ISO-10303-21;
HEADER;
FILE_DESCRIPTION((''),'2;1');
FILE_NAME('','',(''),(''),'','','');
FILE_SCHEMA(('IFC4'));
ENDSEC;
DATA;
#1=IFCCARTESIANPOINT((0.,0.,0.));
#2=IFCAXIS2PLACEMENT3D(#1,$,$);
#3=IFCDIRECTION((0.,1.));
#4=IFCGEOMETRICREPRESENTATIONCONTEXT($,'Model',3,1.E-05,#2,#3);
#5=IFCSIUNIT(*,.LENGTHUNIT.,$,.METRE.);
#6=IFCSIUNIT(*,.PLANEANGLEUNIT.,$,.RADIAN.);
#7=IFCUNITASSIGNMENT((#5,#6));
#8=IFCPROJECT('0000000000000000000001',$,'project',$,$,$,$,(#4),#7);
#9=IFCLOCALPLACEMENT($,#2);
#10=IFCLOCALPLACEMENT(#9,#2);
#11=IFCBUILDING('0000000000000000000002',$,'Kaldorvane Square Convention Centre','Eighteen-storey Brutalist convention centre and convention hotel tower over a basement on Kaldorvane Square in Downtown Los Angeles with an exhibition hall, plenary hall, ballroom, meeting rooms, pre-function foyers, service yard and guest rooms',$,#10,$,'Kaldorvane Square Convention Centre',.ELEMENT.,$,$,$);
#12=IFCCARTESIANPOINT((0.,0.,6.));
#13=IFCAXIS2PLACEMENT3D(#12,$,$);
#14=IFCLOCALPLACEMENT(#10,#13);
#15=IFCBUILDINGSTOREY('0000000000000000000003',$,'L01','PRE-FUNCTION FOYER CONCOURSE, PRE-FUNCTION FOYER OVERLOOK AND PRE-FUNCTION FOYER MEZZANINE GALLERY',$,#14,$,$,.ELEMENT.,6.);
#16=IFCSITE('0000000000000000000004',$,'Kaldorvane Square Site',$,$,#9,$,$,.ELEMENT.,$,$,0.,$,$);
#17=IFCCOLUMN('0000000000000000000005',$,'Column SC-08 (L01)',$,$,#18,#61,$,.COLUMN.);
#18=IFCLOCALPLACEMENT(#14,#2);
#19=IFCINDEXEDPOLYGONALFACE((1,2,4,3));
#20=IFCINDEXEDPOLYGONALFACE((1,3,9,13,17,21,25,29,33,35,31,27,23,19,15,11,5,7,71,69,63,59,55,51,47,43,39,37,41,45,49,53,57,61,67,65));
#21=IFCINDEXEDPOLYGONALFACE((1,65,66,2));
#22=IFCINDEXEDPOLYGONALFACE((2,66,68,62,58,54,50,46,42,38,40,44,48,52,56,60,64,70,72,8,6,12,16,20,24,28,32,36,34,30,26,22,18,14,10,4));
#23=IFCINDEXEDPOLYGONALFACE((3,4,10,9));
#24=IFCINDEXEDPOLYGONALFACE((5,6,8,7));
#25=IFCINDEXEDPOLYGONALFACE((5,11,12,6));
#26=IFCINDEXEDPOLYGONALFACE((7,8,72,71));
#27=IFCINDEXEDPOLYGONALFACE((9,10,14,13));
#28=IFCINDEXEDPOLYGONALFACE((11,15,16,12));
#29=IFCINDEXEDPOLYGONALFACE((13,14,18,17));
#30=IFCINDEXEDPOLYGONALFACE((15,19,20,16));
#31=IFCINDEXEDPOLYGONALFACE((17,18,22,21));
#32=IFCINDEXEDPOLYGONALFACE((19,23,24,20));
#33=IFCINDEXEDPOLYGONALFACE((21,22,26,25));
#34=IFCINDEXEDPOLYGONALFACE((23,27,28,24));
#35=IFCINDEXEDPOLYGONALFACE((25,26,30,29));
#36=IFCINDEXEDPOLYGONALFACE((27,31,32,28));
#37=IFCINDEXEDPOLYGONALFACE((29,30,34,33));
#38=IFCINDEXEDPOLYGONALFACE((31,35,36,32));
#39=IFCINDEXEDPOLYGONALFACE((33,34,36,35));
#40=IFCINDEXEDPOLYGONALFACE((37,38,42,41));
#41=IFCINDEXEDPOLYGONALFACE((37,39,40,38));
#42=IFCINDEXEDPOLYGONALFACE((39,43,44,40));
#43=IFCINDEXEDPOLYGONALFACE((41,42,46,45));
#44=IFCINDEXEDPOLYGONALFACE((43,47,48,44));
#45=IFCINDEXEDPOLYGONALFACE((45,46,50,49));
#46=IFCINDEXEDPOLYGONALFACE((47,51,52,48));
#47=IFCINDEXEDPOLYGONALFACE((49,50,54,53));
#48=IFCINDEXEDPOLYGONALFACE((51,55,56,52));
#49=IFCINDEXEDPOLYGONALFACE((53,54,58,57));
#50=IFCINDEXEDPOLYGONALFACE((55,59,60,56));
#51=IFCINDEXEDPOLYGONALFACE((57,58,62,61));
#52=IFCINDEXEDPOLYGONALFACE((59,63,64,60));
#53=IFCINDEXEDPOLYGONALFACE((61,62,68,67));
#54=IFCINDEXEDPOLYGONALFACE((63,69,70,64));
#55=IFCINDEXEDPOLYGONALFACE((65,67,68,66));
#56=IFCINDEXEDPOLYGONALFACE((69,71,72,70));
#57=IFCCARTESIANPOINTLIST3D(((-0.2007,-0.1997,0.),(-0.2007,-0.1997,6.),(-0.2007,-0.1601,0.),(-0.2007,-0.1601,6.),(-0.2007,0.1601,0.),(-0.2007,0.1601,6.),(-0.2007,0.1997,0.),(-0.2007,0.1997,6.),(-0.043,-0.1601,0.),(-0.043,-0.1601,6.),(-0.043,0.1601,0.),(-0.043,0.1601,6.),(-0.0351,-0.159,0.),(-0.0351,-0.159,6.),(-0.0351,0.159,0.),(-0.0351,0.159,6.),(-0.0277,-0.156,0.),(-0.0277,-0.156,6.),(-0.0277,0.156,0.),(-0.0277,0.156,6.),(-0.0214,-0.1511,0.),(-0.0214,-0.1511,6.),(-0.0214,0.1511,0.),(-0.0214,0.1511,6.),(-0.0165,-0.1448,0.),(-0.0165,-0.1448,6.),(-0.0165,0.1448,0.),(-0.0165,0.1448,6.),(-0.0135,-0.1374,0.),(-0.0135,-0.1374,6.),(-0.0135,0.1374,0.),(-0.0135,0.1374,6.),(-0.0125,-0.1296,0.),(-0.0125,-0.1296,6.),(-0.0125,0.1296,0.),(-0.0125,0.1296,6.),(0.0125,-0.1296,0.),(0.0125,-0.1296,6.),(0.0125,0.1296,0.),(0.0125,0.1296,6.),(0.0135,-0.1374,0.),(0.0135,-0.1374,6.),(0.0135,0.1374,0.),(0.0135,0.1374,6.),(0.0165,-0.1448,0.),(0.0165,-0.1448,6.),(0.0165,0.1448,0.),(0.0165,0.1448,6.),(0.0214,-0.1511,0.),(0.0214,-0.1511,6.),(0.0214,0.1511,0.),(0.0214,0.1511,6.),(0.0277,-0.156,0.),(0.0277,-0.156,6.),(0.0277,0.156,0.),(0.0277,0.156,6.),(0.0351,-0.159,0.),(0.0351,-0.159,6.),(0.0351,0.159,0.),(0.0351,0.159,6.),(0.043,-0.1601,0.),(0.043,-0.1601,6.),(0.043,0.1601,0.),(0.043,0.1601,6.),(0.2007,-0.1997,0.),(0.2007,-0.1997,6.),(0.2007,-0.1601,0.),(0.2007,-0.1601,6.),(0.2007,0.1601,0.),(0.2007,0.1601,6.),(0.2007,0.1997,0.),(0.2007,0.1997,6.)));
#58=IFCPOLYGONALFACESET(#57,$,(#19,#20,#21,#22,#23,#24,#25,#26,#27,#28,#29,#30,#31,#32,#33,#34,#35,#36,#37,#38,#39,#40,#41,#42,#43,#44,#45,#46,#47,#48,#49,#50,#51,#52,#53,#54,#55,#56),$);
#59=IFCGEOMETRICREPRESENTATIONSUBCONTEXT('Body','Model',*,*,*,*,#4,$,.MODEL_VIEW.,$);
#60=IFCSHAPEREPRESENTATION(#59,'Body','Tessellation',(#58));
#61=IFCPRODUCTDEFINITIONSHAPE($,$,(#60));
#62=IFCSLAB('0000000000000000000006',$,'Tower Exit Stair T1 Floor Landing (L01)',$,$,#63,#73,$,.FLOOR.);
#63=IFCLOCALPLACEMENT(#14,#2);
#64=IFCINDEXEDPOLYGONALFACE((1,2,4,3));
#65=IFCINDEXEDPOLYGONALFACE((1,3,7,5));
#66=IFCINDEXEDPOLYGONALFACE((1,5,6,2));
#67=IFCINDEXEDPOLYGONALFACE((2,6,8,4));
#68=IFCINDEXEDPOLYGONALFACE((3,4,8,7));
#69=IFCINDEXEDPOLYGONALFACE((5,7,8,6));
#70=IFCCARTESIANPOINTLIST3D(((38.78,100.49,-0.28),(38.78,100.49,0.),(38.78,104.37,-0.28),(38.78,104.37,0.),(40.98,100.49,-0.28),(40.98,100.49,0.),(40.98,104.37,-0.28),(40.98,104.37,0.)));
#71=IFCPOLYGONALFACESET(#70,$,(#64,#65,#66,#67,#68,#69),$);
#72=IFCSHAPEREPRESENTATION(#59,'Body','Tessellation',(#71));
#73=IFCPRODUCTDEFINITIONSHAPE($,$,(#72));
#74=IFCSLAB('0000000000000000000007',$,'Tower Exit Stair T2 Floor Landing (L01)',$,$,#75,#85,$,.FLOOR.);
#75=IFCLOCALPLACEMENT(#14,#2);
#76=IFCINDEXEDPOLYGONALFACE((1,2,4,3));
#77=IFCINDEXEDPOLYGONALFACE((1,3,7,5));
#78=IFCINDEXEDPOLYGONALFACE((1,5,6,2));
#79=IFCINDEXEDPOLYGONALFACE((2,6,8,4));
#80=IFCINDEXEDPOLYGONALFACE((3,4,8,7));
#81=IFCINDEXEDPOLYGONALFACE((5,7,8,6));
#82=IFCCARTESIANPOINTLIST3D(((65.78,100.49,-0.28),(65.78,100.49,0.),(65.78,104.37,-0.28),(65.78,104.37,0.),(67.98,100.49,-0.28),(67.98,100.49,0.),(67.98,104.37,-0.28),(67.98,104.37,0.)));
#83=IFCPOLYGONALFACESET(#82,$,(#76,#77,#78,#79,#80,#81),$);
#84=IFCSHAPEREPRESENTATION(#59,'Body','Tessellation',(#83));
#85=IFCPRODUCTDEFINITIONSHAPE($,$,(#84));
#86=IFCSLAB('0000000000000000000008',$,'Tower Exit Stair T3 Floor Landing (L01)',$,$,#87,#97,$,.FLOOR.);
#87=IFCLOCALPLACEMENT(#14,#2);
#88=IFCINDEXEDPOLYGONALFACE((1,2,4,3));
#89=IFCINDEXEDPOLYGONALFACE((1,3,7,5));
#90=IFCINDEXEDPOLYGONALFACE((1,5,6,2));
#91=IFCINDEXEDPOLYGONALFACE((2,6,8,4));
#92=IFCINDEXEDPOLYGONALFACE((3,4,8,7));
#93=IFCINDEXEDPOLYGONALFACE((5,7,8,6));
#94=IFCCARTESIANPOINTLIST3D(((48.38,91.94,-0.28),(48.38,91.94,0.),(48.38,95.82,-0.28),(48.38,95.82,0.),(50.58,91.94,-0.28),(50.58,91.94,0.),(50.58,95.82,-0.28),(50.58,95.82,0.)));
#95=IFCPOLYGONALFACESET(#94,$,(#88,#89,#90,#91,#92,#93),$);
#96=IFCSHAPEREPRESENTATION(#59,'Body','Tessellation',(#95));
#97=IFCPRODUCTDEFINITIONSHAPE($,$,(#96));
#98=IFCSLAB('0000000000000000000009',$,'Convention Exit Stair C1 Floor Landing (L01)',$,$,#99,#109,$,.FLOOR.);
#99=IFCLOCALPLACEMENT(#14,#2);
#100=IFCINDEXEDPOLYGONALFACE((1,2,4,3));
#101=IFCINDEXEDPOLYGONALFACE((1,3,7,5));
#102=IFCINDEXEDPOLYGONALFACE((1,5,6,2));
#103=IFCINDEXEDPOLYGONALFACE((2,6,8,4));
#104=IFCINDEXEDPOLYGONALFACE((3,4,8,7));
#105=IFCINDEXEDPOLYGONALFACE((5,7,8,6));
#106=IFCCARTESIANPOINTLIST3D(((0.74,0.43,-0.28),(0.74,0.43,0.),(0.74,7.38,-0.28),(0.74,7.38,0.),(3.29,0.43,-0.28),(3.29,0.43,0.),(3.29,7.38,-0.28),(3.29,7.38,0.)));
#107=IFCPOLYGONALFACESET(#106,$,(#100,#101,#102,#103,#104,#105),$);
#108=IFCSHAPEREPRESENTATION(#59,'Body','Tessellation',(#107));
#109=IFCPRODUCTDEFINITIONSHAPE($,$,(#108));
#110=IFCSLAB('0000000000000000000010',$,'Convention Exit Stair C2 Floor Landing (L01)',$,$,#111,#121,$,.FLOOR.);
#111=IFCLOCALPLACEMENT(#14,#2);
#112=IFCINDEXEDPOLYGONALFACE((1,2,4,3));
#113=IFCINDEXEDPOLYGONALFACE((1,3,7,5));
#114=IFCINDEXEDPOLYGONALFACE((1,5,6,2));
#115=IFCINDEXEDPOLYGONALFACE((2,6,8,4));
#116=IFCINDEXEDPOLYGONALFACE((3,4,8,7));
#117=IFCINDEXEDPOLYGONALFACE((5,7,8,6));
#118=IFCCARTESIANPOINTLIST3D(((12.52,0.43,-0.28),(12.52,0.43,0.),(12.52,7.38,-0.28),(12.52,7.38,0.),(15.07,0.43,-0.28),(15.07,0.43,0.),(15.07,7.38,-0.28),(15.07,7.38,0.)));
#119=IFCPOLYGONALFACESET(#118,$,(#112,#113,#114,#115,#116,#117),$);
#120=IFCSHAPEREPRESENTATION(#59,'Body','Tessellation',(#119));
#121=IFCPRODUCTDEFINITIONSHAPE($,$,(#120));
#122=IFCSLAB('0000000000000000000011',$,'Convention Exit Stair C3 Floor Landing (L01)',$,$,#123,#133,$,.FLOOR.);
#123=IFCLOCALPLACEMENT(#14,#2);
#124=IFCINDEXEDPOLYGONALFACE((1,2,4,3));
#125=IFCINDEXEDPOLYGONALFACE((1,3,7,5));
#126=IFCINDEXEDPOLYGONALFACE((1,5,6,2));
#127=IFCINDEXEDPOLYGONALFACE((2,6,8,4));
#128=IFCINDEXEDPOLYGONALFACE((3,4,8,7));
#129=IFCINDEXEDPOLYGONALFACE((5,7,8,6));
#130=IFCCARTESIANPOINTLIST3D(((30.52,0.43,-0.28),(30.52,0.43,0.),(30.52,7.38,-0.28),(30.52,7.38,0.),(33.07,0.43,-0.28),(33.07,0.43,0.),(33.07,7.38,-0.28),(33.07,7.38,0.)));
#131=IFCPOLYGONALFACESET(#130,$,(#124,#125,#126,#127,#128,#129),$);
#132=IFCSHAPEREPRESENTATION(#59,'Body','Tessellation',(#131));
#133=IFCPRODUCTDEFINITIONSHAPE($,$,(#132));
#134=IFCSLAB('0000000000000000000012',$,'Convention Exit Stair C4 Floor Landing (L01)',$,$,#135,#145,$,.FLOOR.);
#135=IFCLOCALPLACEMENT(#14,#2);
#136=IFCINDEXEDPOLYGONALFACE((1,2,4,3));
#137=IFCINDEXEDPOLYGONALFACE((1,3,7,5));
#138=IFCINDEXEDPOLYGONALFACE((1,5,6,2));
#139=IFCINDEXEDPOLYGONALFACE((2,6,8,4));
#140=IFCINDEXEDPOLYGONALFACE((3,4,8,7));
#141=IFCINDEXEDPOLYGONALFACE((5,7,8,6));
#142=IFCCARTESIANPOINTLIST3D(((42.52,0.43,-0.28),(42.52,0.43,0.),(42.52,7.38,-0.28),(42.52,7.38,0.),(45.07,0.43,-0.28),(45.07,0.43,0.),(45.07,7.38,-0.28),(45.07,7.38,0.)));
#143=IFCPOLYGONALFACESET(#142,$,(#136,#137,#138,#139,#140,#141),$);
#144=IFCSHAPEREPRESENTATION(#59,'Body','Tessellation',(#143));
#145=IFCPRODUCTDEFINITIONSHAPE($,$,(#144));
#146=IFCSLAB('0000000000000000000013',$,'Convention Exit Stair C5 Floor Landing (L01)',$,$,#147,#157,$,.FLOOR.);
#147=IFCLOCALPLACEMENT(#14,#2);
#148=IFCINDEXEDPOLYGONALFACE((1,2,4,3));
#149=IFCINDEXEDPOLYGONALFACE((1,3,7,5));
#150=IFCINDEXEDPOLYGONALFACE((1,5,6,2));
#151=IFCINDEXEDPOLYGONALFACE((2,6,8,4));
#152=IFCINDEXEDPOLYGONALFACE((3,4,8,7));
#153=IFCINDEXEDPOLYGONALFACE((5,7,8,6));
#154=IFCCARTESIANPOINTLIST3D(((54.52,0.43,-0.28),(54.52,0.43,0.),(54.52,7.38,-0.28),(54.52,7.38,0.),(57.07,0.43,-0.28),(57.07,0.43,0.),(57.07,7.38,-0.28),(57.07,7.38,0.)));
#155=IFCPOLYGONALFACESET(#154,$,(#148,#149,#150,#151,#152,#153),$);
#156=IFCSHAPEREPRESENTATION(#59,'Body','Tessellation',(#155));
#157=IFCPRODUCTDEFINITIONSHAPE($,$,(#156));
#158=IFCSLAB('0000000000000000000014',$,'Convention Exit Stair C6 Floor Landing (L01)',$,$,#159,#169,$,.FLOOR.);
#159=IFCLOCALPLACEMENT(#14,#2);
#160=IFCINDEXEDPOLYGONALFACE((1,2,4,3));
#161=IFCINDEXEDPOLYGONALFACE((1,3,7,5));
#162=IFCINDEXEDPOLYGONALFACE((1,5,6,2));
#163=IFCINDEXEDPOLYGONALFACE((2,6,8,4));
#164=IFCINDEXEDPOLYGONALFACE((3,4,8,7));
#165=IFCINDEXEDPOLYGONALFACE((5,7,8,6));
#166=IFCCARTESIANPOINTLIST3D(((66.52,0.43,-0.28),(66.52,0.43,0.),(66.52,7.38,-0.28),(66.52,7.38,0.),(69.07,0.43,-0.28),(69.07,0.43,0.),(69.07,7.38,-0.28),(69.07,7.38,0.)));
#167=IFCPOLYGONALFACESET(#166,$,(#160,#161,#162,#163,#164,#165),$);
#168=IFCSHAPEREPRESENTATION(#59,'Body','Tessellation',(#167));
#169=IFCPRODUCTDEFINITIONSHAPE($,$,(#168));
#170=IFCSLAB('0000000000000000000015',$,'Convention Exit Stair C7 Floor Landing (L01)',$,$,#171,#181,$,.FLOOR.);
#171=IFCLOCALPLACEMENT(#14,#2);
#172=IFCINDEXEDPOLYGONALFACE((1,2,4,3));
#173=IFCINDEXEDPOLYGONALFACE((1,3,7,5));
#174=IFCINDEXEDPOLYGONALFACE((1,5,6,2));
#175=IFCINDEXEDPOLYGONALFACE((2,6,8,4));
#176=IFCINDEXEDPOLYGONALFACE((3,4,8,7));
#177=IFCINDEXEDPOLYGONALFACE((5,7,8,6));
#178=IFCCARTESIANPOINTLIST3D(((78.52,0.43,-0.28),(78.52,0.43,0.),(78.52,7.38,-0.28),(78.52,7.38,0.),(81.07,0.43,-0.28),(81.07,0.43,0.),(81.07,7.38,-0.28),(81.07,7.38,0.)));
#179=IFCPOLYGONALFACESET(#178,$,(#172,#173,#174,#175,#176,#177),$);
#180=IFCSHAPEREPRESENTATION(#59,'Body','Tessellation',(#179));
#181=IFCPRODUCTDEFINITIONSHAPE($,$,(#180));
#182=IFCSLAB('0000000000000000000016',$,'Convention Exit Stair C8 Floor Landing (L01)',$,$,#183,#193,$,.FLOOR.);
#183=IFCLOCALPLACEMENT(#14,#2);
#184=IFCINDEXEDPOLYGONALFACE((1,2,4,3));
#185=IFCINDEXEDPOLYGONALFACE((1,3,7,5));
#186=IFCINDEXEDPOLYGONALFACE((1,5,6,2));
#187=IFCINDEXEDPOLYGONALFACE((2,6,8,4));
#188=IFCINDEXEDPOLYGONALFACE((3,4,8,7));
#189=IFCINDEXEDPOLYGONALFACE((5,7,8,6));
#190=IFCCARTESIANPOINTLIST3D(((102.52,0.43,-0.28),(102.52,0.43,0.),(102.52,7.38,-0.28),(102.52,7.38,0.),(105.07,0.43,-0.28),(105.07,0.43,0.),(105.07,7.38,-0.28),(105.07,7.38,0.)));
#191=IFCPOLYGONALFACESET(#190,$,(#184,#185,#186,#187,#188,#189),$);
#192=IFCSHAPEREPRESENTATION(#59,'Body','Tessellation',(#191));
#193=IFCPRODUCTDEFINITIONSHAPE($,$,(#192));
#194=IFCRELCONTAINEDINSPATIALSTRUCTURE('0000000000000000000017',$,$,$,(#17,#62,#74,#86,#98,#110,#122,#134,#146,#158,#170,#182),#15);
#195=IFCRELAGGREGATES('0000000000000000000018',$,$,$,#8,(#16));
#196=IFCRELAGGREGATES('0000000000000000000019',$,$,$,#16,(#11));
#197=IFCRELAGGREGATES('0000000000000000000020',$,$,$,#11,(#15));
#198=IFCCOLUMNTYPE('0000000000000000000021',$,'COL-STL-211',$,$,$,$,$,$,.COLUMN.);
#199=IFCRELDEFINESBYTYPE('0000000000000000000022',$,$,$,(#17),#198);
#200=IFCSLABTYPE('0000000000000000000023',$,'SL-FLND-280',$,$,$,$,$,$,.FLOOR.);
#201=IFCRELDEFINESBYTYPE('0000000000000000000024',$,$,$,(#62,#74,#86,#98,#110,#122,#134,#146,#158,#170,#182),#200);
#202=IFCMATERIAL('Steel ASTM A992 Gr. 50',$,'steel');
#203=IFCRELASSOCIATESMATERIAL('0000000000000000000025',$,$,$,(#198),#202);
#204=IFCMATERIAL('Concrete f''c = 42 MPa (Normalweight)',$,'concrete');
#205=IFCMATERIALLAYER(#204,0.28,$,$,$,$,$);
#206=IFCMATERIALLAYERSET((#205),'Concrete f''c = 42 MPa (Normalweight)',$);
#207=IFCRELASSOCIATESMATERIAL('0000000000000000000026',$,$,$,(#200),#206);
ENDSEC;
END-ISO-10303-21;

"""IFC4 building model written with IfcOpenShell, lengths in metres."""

from ifc_helpers import new_model, si_unit, direction, frame, origin, origin_with_axes, origin_2d, place, context, subcontext, project, spatial, polyline, i_section, outline, extrude, material, layer, layer_set, material_profile, profile_set, type_object, element, save


model = new_model("IFC4")

# Units and contexts
model_context = context("Model", 3, precision=1e-05, world=origin(), true_north=direction((0.0, 1.0)))
body_context = subcontext(model_context, "Body", "Model", "MODEL_VIEW")
ifc_project = project(units=[si_unit("LENGTHUNIT", "METRE"), si_unit("PLANEANGLEUNIT", "RADIAN")], contexts=[model_context])

# Site, building, storey
site_placement = place(None, origin())
site = spatial("IfcSite", under=ifc_project, at=site_placement, Name="Kaldorvane Square Site", CompositionType="ELEMENT", RefElevation=0.0)
building_placement = place(site_placement, origin())
building = spatial("IfcBuilding", under=site, at=building_placement, Name="Kaldorvane Square Convention Centre", Description="Eighteen-storey Brutalist convention centre and convention hotel tower over a basement on Kaldorvane Square in Downtown Los Angeles with an exhibition hall, plenary hall, ballroom, meeting rooms, pre-function foyers, service yard and guest rooms", LongName="Kaldorvane Square Convention Centre", CompositionType="ELEMENT")
storey_placement = place(building_placement, frame((0.0, 0.0, 6.0)))
storey = spatial("IfcBuildingStorey", under=building, at=storey_placement, Name="L01", Description="PRE-FUNCTION FOYER CONCOURSE, PRE-FUNCTION FOYER OVERLOOK AND PRE-FUNCTION FOYER MEZZANINE GALLERY", CompositionType="ELEMENT", Elevation=6.0)

# Column
ifc_material_1 = material(Name="Steel ASTM A992 Gr. 50", Category="steel")
ifc_material_profile = material_profile(ifc_material_1, i_section(OverallWidth=0.4013, OverallDepth=0.3993, WebThickness=0.0249, FlangeThickness=0.0396, FilletRadius=0.0305, at=origin_2d()), Name="W14X211")
ifc_profile_set = profile_set([ifc_material_profile], Name="Steel ASTM A992 Gr. 50")
column_type = type_object("IfcColumnType", Name="COL-STL-211", PredefinedType="COLUMN", material=ifc_profile_set)
column_placement = place(storey_placement, origin_with_axes())
element("IfcColumn", 1, at=column_placement, inside=storey, type_object=column_type, Name="Column SC-08 (L01)", PredefinedType="COLUMN", context=body_context, shape_type="SweptSolid", body=[
    extrude(i_section(OverallWidth=0.4013, OverallDepth=0.3993, WebThickness=0.0249, FlangeThickness=0.0396, FilletRadius=0.0305, at=origin_2d()), origin(), (0.0, 0.0, 1.0), 6.0),
])

# Slabs
ifc_material_2 = material(Name="Concrete f'c = 42 MPa (Normalweight)", Category="concrete")
ifc_layer_1 = layer(ifc_material_2, 0.28)
ifc_layer_set_1 = layer_set([ifc_layer_1], Name="Concrete f'c = 42 MPa (Normalweight)")
slab_type_1 = type_object("IfcSlabType", Name="SL-FLND-280", PredefinedType="FLOOR", material=ifc_layer_set_1)
slab_1_placement = place(storey_placement, frame((0.0, 0.0, -0.28)))
element("IfcSlab", 2, at=slab_1_placement, inside=storey, type_object=slab_type_1, Name="Tower Exit Stair T1 Floor Landing (L01)", PredefinedType="FLOOR", context=body_context, shape_type="SweptSolid", body=[
    extrude(outline(polyline([(38.78, 100.49), (40.98, 100.49), (40.98, 104.37), (38.78, 104.37), (38.78, 100.49)])), origin(), (0.0, 0.0, 1.0), 0.28),
])
slab_2_placement = place(storey_placement, frame((0.0, 0.0, -0.28)))
element("IfcSlab", 3, at=slab_2_placement, inside=storey, type_object=slab_type_1, Name="Tower Exit Stair T2 Floor Landing (L01)", PredefinedType="FLOOR", context=body_context, shape_type="SweptSolid", body=[
    extrude(outline(polyline([(65.78, 100.49), (67.98, 100.49), (67.98, 104.37), (65.78, 104.37), (65.78, 100.49)])), origin(), (0.0, 0.0, 1.0), 0.28),
])
slab_3_placement = place(storey_placement, frame((0.0, 0.0, -0.28)))
element("IfcSlab", 4, at=slab_3_placement, inside=storey, type_object=slab_type_1, Name="Tower Exit Stair T3 Floor Landing (L01)", PredefinedType="FLOOR", context=body_context, shape_type="SweptSolid", body=[
    extrude(outline(polyline([(48.38, 91.94), (50.58, 91.94), (50.58, 95.82), (48.38, 95.82), (48.38, 91.94)])), origin(), (0.0, 0.0, 1.0), 0.28),
])
slab_4_placement = place(storey_placement, frame((0.0, 0.0, -0.28)))
element("IfcSlab", 5, at=slab_4_placement, inside=storey, type_object=slab_type_1, Name="Convention Exit Stair C1 Floor Landing (L01)", PredefinedType="FLOOR", context=body_context, shape_type="SweptSolid", body=[
    extrude(outline(polyline([(0.74, 0.43), (3.29, 0.43), (3.29, 7.38), (0.74, 7.38), (0.74, 0.43)])), origin(), (0.0, 0.0, 1.0), 0.28),
])
slab_5_placement = place(storey_placement, frame((0.0, 0.0, -0.28)))
element("IfcSlab", 6, at=slab_5_placement, inside=storey, type_object=slab_type_1, Name="Convention Exit Stair C2 Floor Landing (L01)", PredefinedType="FLOOR", context=body_context, shape_type="SweptSolid", body=[
    extrude(outline(polyline([(12.52, 0.43), (15.07, 0.43), (15.07, 7.38), (12.52, 7.38), (12.52, 0.43)])), origin(), (0.0, 0.0, 1.0), 0.28),
])
slab_6_placement = place(storey_placement, frame((0.0, 0.0, -0.28)))
element("IfcSlab", 7, at=slab_6_placement, inside=storey, type_object=slab_type_1, Name="Convention Exit Stair C3 Floor Landing (L01)", PredefinedType="FLOOR", context=body_context, shape_type="SweptSolid", body=[
    extrude(outline(polyline([(30.52, 0.43), (33.07, 0.43), (33.07, 7.38), (30.52, 7.38), (30.52, 0.43)])), origin(), (0.0, 0.0, 1.0), 0.28),
])
slab_7_placement = place(storey_placement, frame((0.0, 0.0, -0.28)))
element("IfcSlab", 8, at=slab_7_placement, inside=storey, type_object=slab_type_1, Name="Convention Exit Stair C4 Floor Landing (L01)", PredefinedType="FLOOR", context=body_context, shape_type="SweptSolid", body=[
    extrude(outline(polyline([(42.52, 0.43), (45.07, 0.43), (45.07, 7.38), (42.52, 7.38), (42.52, 0.43)])), origin(), (0.0, 0.0, 1.0), 0.28),
])
slab_8_placement = place(storey_placement, frame((0.0, 0.0, -0.28)))
element("IfcSlab", 9, at=slab_8_placement, inside=storey, type_object=slab_type_1, Name="Convention Exit Stair C5 Floor Landing (L01)", PredefinedType="FLOOR", context=body_context, shape_type="SweptSolid", body=[
    extrude(outline(polyline([(54.52, 0.43), (57.07, 0.43), (57.07, 7.38), (54.52, 7.38), (54.52, 0.43)])), origin(), (0.0, 0.0, 1.0), 0.28),
])
slab_9_placement = place(storey_placement, frame((0.0, 0.0, -0.28)))
element("IfcSlab", 10, at=slab_9_placement, inside=storey, type_object=slab_type_1, Name="Convention Exit Stair C6 Floor Landing (L01)", PredefinedType="FLOOR", context=body_context, shape_type="SweptSolid", body=[
    extrude(outline(polyline([(66.52, 0.43), (69.07, 0.43), (69.07, 7.38), (66.52, 7.38), (66.52, 0.43)])), origin(), (0.0, 0.0, 1.0), 0.28),
])
slab_10_placement = place(storey_placement, frame((0.0, 0.0, -0.28)))
element("IfcSlab", 11, at=slab_10_placement, inside=storey, type_object=slab_type_1, Name="Convention Exit Stair C7 Floor Landing (L01)", PredefinedType="FLOOR", context=body_context, shape_type="SweptSolid", body=[
    extrude(outline(polyline([(78.52, 0.43), (81.07, 0.43), (81.07, 7.38), (78.52, 7.38), (78.52, 0.43)])), origin(), (0.0, 0.0, 1.0), 0.28),
])
slab_11_placement = place(storey_placement, frame((0.0, 0.0, -0.28)))
element("IfcSlab", 12, at=slab_11_placement, inside=storey, type_object=slab_type_1, Name="Convention Exit Stair C8 Floor Landing (L01)", PredefinedType="FLOOR", context=body_context, shape_type="SweptSolid", body=[
    extrude(outline(polyline([(102.52, 0.43), (105.07, 0.43), (105.07, 7.38), (102.52, 7.38), (102.52, 0.43)])), origin(), (0.0, 0.0, 1.0), 0.28),
])

save(model, "model.ifc")
